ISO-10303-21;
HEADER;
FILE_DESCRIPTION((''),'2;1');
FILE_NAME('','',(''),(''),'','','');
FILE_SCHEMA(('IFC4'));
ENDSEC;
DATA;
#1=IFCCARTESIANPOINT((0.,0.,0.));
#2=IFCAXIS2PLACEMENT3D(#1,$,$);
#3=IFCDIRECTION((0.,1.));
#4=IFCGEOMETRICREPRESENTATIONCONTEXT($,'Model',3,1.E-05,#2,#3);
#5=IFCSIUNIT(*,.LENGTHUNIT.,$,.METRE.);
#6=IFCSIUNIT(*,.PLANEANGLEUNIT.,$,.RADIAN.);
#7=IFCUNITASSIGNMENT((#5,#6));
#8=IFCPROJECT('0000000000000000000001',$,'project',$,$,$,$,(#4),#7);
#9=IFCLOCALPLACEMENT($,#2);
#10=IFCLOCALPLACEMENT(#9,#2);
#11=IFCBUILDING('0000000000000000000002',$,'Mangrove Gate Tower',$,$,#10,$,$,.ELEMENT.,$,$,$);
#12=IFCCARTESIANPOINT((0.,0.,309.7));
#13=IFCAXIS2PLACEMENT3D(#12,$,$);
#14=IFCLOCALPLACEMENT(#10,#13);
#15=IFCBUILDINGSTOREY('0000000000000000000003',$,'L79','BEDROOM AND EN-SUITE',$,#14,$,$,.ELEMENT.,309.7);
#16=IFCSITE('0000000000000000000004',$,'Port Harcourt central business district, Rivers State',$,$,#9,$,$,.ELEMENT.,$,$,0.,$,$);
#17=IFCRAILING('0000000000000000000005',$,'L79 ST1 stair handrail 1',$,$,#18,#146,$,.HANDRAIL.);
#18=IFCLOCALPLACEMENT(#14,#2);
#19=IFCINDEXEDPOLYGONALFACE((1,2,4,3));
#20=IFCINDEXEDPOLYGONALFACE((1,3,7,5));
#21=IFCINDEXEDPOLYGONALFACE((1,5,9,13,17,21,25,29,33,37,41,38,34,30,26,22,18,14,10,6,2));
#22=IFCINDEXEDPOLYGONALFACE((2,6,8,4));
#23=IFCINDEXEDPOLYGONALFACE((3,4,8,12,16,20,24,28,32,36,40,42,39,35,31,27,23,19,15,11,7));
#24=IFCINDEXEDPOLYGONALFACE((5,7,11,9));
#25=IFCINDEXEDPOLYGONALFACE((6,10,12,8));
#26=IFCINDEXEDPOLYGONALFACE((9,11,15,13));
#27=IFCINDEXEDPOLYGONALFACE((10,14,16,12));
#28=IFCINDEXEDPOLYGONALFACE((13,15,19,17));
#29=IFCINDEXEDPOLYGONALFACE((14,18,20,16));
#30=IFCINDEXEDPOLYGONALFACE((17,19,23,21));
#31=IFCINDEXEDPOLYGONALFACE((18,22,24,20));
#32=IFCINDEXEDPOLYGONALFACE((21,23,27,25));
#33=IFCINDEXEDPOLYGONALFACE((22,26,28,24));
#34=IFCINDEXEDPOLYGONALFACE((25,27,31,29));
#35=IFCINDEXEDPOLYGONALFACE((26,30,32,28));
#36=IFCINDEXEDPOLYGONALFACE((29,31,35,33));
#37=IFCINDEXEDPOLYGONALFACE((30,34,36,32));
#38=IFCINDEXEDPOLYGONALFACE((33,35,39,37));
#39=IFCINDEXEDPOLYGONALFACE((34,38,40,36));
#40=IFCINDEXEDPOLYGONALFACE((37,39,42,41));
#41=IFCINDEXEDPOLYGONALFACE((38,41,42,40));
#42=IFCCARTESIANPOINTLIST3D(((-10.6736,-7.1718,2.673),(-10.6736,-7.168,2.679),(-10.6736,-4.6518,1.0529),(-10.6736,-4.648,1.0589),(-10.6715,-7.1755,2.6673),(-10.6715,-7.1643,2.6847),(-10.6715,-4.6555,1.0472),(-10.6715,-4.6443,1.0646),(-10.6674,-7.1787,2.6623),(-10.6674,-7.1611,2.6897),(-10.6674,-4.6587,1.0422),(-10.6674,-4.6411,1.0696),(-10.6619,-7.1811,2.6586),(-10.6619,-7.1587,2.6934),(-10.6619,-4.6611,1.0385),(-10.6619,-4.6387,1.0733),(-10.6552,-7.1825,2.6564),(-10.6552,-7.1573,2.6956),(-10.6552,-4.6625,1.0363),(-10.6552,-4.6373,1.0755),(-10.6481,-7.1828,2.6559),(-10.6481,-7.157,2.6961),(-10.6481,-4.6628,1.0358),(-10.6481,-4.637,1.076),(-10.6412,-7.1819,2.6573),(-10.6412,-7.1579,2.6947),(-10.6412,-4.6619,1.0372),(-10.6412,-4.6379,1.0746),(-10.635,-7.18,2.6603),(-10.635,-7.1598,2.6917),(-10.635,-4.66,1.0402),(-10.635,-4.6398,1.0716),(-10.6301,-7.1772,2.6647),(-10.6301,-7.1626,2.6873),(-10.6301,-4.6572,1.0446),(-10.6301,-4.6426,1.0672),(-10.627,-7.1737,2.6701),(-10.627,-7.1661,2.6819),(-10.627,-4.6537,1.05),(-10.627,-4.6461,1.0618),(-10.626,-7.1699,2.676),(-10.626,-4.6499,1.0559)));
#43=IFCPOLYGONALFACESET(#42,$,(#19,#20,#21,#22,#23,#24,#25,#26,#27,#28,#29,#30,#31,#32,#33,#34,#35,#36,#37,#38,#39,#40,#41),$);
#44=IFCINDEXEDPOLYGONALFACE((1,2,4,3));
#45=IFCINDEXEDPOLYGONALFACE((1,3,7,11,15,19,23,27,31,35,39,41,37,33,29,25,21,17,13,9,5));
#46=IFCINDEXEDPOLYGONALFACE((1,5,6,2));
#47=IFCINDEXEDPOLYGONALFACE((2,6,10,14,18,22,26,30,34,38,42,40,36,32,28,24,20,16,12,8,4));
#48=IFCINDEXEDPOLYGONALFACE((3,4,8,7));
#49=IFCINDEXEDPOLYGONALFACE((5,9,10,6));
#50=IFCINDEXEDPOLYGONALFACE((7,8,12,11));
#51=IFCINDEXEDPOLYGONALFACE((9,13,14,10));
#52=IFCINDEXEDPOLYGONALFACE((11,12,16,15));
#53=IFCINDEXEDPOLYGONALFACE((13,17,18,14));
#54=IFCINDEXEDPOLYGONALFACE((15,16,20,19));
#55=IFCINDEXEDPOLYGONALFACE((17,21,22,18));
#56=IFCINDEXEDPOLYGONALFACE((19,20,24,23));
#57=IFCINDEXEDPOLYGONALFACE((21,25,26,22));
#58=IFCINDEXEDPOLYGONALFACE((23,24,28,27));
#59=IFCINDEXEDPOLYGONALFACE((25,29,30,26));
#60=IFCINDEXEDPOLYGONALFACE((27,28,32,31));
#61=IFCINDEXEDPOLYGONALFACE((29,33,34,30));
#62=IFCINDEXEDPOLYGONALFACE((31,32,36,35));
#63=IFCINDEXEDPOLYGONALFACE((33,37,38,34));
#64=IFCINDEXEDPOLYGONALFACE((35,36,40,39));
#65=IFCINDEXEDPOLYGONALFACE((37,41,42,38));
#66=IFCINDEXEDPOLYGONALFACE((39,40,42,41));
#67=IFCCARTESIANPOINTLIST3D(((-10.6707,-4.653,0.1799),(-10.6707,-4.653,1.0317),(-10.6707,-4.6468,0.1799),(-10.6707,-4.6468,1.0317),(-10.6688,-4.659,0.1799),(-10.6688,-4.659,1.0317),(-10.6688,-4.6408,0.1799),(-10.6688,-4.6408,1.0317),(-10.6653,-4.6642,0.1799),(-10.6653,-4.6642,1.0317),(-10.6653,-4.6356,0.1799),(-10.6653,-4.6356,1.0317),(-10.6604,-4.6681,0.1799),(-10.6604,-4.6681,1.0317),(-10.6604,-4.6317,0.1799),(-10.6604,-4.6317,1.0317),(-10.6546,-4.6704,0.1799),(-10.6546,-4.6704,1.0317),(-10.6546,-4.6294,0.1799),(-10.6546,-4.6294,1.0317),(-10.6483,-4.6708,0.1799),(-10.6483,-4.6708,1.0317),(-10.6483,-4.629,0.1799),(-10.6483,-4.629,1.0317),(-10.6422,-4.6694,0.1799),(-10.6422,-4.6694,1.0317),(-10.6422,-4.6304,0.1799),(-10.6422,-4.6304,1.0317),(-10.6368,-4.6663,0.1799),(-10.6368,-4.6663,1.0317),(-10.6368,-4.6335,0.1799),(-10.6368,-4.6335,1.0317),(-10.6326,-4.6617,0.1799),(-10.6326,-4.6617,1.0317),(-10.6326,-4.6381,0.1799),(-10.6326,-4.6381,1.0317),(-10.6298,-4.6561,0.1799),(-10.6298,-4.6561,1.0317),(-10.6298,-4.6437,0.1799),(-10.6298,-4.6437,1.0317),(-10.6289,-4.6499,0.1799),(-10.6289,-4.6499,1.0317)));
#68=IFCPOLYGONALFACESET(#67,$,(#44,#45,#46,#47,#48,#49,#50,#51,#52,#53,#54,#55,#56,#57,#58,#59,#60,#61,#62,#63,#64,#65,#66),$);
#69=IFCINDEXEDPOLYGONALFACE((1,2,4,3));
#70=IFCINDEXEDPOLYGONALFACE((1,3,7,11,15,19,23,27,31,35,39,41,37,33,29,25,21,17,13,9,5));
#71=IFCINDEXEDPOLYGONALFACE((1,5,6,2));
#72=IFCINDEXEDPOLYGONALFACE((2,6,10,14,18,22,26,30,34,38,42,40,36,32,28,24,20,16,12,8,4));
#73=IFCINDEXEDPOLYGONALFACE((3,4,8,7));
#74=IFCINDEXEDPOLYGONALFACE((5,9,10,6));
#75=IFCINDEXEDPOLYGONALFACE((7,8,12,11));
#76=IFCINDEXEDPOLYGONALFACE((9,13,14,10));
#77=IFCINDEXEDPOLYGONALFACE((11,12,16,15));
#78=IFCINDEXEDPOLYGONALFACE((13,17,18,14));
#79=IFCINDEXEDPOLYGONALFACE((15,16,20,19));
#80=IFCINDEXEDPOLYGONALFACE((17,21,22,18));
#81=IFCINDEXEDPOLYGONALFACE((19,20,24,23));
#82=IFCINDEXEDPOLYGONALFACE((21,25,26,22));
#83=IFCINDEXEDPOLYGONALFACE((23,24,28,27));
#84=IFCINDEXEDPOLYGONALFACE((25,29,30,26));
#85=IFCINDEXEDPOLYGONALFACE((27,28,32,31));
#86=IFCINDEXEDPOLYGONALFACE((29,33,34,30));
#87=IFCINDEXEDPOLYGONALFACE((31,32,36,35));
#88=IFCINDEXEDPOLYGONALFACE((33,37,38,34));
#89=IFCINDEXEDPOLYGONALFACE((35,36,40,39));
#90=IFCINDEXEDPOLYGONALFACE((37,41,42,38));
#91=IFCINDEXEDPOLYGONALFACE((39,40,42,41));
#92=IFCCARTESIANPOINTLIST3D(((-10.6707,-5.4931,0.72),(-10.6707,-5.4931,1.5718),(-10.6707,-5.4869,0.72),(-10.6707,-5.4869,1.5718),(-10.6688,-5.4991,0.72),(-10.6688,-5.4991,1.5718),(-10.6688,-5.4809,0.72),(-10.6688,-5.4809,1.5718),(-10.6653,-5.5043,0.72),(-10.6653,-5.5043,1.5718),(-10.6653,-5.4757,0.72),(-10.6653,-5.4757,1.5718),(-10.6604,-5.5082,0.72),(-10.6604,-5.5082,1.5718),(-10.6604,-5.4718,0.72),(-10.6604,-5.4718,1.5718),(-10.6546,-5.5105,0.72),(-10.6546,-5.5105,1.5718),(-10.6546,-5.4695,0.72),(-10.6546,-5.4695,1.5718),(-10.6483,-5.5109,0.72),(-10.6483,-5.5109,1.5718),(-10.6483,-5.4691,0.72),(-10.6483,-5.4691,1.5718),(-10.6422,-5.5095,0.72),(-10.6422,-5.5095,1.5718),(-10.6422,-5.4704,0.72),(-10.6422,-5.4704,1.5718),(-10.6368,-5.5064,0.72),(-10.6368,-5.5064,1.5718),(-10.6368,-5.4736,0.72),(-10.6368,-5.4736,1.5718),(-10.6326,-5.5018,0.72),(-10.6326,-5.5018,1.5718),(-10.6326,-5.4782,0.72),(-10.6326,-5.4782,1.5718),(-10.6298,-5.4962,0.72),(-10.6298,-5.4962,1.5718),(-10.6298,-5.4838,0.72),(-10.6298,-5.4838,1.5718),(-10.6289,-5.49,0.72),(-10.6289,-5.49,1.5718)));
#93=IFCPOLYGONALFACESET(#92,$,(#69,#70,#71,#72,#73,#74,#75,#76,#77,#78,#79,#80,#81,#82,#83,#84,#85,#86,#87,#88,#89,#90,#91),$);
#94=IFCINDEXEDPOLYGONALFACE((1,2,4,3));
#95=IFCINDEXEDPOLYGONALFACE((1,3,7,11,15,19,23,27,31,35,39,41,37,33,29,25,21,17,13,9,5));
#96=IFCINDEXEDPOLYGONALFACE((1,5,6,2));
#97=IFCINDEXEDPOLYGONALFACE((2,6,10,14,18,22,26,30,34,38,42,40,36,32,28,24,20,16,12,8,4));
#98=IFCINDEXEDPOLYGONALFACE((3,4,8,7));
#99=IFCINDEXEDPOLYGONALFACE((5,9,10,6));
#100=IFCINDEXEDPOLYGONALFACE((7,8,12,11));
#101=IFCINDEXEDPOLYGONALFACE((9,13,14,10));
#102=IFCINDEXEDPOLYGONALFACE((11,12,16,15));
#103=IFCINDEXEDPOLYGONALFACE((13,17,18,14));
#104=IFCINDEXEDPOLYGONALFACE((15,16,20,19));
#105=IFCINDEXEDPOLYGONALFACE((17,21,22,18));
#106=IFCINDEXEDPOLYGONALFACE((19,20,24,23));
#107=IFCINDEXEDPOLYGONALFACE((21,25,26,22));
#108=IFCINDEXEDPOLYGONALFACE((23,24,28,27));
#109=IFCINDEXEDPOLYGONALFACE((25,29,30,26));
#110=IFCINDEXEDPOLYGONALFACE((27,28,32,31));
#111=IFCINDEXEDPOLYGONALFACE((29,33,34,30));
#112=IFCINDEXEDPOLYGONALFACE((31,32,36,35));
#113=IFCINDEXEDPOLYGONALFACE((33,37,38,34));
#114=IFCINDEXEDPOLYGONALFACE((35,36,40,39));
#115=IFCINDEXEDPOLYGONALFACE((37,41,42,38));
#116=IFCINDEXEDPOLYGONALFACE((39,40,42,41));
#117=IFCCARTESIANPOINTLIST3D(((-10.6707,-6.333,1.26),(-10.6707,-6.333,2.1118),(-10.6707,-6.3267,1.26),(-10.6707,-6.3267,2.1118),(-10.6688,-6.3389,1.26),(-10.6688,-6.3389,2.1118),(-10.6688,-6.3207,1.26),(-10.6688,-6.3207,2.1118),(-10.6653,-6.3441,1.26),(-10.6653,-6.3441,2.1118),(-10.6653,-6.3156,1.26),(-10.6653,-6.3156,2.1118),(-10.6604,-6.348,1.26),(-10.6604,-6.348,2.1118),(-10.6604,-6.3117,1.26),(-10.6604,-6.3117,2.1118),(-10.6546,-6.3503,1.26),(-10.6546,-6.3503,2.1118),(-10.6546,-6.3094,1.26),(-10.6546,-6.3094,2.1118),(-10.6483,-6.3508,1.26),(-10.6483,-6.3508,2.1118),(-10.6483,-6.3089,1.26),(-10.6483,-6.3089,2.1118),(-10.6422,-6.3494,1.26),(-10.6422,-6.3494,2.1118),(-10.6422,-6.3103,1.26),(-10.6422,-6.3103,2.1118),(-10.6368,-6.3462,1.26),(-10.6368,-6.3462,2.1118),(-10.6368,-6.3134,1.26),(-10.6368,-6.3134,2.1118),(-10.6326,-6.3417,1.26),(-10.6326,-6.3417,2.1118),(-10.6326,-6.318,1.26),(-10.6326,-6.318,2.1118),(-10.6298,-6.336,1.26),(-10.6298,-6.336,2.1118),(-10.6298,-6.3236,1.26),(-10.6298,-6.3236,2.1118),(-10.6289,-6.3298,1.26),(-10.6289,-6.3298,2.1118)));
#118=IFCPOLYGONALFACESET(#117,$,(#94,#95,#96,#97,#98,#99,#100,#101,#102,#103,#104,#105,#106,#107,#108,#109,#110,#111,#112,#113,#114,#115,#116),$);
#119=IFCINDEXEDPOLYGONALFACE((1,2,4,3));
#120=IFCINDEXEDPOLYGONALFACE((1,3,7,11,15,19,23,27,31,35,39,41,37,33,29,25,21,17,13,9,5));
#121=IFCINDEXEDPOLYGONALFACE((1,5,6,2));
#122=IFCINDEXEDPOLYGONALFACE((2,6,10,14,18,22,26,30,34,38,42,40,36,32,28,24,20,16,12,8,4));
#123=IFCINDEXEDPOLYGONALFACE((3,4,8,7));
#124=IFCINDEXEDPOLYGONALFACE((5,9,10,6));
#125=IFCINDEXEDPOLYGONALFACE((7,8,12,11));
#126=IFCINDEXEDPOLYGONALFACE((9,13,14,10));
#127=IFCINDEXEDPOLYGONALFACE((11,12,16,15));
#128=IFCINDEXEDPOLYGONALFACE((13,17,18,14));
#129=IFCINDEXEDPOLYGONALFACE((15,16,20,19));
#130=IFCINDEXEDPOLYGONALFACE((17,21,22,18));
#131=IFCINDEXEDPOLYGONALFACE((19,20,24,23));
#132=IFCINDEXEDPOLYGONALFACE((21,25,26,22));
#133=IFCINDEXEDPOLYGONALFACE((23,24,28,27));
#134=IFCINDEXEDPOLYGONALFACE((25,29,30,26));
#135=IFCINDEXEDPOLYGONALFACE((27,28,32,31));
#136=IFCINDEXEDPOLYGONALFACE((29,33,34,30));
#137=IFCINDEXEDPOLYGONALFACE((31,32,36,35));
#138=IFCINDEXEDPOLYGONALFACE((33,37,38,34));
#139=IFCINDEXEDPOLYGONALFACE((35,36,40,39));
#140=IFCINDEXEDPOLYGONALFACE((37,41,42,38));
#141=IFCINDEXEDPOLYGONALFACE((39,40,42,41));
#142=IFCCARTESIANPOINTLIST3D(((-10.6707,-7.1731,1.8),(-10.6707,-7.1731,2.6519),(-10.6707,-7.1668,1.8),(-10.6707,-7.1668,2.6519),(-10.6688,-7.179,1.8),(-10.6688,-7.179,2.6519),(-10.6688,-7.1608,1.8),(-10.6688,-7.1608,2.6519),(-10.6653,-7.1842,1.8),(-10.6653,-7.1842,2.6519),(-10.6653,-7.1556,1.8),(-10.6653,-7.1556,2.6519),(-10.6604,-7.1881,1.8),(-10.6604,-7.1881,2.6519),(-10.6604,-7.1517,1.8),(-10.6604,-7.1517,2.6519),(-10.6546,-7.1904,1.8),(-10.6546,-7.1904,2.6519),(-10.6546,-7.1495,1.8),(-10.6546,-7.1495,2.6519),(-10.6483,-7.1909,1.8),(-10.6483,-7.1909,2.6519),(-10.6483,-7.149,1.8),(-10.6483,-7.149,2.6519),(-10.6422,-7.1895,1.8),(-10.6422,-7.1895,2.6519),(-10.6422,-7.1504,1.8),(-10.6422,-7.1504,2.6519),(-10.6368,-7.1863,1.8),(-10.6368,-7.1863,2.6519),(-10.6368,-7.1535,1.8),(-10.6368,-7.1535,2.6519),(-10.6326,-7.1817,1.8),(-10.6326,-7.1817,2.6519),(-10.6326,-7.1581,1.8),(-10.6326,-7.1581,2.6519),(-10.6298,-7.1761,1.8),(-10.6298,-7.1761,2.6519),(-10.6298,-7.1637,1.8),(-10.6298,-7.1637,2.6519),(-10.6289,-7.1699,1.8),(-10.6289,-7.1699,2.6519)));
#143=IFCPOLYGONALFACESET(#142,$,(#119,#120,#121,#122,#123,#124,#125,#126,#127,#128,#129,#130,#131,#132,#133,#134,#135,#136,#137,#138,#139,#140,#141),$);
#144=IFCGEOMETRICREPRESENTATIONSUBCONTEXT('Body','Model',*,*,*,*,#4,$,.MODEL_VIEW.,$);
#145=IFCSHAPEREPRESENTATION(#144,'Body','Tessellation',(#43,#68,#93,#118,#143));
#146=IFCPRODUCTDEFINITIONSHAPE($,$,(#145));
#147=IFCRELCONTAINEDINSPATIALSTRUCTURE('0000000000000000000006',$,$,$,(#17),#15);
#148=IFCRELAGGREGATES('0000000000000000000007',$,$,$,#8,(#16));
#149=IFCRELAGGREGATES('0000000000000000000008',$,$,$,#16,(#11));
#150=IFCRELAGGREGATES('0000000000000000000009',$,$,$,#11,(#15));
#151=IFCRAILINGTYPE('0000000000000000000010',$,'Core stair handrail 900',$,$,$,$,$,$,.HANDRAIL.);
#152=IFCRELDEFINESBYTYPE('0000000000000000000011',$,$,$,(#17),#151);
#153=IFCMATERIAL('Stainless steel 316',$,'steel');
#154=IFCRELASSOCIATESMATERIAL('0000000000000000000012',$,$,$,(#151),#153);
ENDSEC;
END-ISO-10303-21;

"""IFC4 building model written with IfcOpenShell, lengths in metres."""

from ifc_helpers import new_model, si_unit, direction, frame, origin, origin_2d, place, context, subcontext, project, spatial, circle, extrude, material, type_object, element, save


model = new_model("IFC4")

# Units and contexts
model_context = context("Model", 3, precision=1e-05, world=origin(), true_north=direction((0.0, 1.0)))
body_context = subcontext(model_context, "Body", "Model", "MODEL_VIEW")
ifc_project = project(units=[si_unit("LENGTHUNIT", "METRE"), si_unit("PLANEANGLEUNIT", "RADIAN")], contexts=[model_context])

# Site, building, storey
site_placement = place(None, origin())
site = spatial("IfcSite", under=ifc_project, at=site_placement, Name="Port Harcourt central business district, Rivers State", CompositionType="ELEMENT", RefElevation=0.0)
building_placement = place(site_placement, origin())
building = spatial("IfcBuilding", under=site, at=building_placement, Name="Mangrove Gate Tower", CompositionType="ELEMENT")
storey_placement = place(building_placement, frame((0.0, 0.0, 309.7)))
storey = spatial("IfcBuildingStorey", under=building, at=storey_placement, Name="L79", Description="BEDROOM AND EN-SUITE", CompositionType="ELEMENT", Elevation=309.7)

# Railing
ifc_material_1 = material(Name="Stainless steel 316", Category="steel")
railing_type_1 = type_object("IfcRailingType", Name="Core stair handrail 900", PredefinedType="HANDRAIL", material=ifc_material_1)
railing_1_placement = place(storey_placement, frame((-10.6499, -4.6499, 0.1799)))
element("IfcRailing", 1, at=railing_1_placement, inside=storey, type_object=railing_type_1, Name="L79 ST1 stair handrail 1", PredefinedType="HANDRAIL", context=body_context, shape_type="SweptSolid", body=[
    extrude(circle(Radius=0.0239, at=origin_2d()), frame((0.0, 0.0, 0.876), z_axis=(0.0, -0.841163, 0.540782), x_axis=(1.0, 0.0, 0.0)), (0.0, 0.0, 1.0), 2.9958),
    extrude(circle(Radius=0.021, at=origin_2d()), origin(), (0.0, 0.0, 1.0), 0.8518),
    extrude(circle(Radius=0.021, at=origin_2d()), frame((0.0, -0.8401, 0.54)), (0.0, 0.0, 1.0), 0.8518),
    extrude(circle(Radius=0.021, at=origin_2d()), frame((0.0, -1.6799, 1.0801)), (0.0, 0.0, 1.0), 0.8518),
    extrude(circle(Radius=0.021, at=origin_2d()), frame((0.0, -2.52, 1.6201)), (0.0, 0.0, 1.0), 0.8518),
])

save(model, "model.ifc")
